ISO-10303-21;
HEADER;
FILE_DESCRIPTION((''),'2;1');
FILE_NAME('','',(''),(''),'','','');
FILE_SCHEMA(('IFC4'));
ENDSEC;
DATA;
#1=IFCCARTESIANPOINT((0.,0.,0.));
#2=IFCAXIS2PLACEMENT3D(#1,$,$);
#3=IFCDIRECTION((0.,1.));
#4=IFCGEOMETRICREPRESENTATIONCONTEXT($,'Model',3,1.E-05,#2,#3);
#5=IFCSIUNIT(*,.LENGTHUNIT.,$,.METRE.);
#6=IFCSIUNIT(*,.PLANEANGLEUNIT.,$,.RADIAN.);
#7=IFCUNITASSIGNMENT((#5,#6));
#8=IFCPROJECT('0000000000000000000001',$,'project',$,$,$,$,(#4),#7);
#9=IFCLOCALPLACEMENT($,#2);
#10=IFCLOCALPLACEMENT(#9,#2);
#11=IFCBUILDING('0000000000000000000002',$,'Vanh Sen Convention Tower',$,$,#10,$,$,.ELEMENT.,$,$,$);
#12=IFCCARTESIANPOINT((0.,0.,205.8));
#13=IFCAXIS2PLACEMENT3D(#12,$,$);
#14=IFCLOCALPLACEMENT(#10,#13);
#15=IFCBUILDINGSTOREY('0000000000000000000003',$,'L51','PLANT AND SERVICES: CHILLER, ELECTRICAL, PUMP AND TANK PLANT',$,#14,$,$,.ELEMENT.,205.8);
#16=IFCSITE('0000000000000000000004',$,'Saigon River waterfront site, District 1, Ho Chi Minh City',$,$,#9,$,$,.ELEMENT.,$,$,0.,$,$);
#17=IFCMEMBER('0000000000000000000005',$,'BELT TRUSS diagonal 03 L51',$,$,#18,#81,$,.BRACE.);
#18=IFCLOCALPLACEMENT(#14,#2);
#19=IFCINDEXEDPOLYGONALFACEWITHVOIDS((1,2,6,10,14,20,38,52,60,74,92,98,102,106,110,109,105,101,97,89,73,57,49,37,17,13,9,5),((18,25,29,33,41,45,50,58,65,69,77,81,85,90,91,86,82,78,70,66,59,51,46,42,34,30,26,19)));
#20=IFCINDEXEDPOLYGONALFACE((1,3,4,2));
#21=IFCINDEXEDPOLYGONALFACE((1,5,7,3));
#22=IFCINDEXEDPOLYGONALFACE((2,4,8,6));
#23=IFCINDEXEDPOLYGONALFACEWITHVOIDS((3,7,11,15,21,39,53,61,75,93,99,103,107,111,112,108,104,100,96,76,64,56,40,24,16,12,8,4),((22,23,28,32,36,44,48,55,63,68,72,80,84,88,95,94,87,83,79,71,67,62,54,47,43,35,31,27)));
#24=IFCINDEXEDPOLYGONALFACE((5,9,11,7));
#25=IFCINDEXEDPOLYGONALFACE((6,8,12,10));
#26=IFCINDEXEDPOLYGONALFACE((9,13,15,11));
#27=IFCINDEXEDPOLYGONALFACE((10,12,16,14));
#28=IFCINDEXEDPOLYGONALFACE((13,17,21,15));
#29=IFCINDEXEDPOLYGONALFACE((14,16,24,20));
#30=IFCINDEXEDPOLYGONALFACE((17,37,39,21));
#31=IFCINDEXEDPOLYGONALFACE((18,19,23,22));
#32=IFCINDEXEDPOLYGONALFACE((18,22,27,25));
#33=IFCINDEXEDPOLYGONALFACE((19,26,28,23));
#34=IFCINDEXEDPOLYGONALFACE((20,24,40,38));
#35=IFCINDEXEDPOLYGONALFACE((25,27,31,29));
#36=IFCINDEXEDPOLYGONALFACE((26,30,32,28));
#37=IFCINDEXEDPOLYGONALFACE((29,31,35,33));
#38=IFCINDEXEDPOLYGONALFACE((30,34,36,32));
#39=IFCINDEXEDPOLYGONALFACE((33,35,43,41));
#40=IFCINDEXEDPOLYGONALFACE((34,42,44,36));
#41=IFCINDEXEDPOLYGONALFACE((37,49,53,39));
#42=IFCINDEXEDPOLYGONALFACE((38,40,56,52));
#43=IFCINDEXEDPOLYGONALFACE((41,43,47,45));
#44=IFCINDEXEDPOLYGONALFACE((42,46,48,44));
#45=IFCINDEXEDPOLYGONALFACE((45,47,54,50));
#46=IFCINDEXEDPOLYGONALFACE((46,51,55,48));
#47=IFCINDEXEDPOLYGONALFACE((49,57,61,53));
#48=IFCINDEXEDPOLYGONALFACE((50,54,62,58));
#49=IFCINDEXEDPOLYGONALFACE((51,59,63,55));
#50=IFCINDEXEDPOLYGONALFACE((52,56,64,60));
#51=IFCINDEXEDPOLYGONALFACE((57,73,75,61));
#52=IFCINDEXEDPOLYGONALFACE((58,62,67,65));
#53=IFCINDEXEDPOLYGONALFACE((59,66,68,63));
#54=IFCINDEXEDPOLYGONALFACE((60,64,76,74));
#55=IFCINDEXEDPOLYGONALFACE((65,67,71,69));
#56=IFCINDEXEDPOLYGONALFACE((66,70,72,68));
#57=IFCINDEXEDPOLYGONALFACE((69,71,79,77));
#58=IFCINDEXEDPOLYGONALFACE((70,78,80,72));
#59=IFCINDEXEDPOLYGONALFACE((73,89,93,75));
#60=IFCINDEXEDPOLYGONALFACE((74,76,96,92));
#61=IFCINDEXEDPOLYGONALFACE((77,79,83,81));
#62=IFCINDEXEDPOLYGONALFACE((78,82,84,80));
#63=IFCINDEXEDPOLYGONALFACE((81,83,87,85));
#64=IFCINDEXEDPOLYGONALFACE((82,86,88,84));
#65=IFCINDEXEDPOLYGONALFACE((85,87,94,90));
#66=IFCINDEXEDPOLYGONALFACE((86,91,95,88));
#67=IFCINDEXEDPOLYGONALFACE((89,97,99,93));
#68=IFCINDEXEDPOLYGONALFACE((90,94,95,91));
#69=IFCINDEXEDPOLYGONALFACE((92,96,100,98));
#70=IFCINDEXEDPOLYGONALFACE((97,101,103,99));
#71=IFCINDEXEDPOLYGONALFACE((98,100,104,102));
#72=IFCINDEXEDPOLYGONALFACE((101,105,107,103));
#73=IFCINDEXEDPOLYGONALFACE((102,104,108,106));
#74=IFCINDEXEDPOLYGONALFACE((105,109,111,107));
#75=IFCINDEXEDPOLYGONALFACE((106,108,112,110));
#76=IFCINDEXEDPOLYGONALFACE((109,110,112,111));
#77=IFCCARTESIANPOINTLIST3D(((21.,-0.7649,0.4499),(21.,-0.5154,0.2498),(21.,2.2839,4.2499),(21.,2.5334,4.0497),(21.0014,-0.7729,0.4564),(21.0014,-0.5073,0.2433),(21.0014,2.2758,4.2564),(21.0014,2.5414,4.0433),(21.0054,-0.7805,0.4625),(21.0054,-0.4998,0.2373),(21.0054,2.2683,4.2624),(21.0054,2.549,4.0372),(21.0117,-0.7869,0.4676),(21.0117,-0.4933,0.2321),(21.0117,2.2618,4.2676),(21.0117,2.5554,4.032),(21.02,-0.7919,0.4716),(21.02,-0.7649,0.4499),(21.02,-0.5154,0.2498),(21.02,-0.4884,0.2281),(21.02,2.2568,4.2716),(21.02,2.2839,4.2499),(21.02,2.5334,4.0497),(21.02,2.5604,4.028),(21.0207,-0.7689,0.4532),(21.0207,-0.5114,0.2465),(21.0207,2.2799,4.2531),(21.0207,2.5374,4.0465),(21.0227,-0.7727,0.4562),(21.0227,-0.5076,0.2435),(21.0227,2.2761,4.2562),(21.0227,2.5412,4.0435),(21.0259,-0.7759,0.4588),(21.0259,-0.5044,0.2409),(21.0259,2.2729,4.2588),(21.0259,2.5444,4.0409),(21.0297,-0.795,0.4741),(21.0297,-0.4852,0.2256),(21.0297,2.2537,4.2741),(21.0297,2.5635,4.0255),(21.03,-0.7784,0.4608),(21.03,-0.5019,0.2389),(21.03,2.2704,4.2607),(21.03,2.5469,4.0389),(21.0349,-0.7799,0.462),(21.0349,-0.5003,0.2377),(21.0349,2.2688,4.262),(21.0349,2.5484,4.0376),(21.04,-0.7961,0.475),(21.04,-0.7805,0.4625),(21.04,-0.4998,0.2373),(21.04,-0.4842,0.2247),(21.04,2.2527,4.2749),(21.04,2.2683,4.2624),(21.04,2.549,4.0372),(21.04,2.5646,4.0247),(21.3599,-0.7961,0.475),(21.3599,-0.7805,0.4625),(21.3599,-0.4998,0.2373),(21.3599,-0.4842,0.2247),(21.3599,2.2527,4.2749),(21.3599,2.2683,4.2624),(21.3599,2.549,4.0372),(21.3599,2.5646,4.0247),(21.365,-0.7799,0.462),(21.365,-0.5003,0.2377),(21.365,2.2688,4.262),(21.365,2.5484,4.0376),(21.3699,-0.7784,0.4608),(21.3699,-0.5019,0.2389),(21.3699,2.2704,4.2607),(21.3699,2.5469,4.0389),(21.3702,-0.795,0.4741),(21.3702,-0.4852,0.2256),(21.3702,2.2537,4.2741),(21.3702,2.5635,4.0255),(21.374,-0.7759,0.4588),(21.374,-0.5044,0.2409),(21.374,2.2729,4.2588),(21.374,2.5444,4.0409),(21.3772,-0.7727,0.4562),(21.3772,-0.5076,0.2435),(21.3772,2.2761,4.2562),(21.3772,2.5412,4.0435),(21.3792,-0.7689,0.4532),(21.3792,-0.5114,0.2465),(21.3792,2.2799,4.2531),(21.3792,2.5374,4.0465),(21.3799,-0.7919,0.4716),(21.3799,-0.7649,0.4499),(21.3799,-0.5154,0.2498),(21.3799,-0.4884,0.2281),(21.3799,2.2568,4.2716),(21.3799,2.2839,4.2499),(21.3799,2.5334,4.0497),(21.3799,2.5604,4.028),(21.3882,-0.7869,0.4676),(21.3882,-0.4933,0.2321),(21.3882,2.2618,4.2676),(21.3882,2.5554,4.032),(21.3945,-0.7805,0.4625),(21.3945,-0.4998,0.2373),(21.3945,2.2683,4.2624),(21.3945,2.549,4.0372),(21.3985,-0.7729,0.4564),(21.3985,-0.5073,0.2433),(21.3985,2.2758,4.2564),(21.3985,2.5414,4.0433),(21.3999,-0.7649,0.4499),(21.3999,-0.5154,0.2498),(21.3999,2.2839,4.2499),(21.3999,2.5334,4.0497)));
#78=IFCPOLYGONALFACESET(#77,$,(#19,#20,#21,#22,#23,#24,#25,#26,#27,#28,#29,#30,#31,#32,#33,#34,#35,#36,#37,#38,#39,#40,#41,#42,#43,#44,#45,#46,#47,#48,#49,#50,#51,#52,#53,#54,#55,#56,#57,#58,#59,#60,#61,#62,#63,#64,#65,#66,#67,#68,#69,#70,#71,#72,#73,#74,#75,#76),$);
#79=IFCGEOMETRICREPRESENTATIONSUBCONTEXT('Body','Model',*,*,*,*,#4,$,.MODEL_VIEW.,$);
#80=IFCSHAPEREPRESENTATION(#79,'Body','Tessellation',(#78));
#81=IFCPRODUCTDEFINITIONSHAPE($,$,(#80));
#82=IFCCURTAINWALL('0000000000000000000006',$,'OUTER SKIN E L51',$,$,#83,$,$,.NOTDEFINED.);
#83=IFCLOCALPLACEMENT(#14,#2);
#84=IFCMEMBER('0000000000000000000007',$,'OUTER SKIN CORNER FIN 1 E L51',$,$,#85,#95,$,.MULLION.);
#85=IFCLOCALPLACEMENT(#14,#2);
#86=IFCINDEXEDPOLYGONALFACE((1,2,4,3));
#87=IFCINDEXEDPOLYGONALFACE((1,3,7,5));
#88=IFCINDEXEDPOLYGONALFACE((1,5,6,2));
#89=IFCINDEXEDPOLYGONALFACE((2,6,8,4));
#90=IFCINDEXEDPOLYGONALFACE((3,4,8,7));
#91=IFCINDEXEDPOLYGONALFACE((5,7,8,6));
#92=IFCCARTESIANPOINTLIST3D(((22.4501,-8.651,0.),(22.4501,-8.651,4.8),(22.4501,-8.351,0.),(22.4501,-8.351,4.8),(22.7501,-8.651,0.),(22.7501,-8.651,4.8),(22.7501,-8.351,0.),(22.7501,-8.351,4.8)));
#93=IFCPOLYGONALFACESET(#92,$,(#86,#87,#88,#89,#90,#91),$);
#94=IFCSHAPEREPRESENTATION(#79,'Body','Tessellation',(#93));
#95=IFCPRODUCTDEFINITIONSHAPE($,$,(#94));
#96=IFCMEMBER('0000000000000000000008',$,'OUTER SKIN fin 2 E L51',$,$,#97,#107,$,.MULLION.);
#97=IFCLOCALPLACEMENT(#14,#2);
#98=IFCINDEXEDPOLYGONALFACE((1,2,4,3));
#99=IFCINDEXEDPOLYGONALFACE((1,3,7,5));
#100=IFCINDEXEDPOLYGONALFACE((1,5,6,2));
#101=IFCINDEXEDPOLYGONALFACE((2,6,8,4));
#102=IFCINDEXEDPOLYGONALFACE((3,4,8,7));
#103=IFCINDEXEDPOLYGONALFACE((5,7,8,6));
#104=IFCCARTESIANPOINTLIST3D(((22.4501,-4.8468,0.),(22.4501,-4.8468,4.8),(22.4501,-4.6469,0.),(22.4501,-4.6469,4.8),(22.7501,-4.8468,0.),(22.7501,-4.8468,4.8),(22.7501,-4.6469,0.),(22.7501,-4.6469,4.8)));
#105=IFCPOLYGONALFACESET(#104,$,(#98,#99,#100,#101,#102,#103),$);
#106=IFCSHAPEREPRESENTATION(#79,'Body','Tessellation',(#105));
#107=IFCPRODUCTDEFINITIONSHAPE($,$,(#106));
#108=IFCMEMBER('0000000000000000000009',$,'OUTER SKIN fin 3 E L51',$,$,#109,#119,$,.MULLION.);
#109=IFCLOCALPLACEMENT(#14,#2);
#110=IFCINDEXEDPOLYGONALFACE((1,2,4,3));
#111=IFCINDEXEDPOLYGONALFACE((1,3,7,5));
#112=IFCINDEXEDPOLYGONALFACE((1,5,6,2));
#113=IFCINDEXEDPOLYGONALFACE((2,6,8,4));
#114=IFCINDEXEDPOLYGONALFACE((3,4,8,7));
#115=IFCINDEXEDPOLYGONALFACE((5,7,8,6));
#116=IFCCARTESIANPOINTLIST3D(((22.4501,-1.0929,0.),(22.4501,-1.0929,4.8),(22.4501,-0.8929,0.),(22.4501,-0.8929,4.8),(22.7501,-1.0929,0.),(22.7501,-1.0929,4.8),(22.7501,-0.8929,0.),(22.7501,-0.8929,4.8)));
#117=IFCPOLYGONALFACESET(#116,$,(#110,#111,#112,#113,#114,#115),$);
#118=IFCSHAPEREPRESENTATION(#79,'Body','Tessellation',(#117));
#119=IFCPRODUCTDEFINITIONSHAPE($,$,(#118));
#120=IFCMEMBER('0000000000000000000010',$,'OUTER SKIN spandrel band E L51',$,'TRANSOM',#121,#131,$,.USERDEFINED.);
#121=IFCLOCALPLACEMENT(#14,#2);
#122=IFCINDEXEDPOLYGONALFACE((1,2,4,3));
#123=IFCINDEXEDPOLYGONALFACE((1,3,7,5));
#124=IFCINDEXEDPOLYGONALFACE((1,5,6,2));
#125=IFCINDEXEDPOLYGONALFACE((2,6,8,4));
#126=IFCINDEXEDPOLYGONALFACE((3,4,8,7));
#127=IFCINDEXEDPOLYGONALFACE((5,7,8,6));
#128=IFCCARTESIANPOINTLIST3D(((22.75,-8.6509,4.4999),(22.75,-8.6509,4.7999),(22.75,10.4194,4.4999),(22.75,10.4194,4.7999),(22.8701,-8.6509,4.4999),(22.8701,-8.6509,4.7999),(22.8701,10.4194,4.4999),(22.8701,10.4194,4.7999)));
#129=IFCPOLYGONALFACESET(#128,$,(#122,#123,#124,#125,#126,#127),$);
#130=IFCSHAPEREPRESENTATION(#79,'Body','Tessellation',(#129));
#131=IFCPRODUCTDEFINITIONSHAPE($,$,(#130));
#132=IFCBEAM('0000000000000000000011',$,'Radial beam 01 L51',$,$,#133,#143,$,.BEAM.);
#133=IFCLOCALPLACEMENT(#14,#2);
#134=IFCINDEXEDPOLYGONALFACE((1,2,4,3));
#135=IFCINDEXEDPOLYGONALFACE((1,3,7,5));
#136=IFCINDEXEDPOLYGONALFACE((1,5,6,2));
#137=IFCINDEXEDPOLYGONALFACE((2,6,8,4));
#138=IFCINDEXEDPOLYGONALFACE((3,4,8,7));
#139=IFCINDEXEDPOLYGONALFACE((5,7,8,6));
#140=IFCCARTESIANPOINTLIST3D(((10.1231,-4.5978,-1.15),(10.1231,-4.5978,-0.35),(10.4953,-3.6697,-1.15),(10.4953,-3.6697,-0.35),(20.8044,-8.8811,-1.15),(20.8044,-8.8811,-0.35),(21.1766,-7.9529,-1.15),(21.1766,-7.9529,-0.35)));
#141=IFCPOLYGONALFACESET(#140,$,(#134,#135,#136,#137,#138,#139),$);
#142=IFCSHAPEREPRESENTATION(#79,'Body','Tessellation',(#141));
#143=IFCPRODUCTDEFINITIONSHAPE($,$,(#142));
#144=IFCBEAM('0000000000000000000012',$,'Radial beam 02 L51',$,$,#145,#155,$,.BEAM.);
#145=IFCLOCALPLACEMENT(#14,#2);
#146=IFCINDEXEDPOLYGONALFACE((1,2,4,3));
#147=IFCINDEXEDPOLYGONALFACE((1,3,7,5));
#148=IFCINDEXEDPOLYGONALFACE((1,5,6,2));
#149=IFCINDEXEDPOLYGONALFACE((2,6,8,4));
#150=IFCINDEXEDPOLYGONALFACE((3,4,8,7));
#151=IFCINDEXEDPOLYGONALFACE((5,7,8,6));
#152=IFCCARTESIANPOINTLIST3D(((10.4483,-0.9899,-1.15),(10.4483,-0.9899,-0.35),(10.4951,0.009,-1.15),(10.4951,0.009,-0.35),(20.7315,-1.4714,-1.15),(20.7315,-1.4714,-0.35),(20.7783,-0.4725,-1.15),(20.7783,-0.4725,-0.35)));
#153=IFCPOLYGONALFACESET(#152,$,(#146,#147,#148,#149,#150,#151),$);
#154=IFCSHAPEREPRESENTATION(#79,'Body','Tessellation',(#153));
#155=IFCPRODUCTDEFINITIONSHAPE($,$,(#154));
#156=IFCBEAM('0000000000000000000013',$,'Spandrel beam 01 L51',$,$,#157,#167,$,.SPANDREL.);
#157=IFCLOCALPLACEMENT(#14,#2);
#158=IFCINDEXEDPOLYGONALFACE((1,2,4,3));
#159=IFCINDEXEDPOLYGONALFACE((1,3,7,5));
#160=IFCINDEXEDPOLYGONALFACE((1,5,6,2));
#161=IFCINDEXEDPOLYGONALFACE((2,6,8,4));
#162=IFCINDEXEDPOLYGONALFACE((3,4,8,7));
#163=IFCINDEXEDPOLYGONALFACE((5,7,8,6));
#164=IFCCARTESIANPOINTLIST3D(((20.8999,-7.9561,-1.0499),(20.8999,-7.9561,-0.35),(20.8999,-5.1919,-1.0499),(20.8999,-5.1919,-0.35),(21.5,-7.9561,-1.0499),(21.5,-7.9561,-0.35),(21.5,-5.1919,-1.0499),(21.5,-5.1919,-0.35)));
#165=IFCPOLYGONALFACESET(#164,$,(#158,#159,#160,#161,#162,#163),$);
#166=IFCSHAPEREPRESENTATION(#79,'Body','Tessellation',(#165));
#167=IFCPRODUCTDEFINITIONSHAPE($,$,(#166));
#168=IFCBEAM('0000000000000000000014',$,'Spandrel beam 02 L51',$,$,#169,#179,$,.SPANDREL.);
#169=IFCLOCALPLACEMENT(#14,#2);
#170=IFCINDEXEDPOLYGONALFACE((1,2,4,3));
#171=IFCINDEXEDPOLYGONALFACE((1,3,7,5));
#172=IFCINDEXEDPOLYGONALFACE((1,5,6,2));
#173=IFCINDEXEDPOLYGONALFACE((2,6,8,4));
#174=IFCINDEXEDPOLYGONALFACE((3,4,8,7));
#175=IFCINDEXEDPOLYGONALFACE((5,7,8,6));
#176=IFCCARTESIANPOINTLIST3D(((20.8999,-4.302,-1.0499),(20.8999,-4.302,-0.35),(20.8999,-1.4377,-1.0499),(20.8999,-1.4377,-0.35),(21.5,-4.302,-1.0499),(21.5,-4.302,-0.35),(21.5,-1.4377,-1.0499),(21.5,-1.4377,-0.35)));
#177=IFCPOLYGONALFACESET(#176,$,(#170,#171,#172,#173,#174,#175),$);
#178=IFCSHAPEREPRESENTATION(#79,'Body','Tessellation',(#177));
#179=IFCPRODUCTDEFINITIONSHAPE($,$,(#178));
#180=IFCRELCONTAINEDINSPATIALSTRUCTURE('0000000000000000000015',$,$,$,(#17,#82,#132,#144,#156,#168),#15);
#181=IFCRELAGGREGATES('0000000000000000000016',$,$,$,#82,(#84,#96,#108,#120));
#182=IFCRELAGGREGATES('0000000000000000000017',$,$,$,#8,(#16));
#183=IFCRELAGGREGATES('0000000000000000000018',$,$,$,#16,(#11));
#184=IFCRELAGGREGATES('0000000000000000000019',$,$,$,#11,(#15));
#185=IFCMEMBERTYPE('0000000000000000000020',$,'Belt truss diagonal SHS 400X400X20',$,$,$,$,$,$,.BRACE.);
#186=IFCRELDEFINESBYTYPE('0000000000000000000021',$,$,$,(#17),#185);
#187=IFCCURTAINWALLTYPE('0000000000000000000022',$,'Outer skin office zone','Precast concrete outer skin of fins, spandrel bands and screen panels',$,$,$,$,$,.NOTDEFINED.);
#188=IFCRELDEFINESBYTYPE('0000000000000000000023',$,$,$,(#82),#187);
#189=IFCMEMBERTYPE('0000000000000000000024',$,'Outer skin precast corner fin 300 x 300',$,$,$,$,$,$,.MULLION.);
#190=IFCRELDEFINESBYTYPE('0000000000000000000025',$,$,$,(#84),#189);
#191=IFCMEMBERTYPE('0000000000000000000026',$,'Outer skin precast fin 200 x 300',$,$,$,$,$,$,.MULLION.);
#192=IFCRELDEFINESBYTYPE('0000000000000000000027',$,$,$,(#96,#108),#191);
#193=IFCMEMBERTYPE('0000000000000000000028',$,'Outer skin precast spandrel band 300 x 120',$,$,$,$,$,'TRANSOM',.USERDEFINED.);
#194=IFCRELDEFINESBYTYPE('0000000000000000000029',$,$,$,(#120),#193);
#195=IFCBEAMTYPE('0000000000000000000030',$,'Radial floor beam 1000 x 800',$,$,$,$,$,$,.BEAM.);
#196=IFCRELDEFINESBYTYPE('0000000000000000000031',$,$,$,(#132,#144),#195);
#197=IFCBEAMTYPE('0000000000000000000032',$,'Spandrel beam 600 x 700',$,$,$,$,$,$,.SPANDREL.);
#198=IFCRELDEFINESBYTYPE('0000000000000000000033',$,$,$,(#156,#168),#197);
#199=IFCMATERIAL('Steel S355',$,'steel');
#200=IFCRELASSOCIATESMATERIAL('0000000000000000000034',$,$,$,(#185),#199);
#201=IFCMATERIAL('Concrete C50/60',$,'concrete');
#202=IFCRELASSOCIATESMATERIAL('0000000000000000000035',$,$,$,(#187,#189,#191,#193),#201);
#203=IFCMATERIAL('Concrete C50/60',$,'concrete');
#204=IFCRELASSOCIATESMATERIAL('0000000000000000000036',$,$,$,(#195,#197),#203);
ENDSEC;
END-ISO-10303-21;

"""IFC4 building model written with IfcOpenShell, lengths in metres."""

from ifc_helpers import new_model, si_unit, direction, frame, origin, origin_2d, place, context, subcontext, project, spatial, rectangle, hollow_rectangle, extrude, material, material_profile, profile_set, type_object, element, aggregate, save


model = new_model("IFC4")

# Units and contexts
model_context = context("Model", 3, precision=1e-05, world=origin(), true_north=direction((0.0, 1.0)))
body_context = subcontext(model_context, "Body", "Model", "MODEL_VIEW")
ifc_project = project(units=[si_unit("LENGTHUNIT", "METRE"), si_unit("PLANEANGLEUNIT", "RADIAN")], contexts=[model_context])

# Site, building, storey
site_placement = place(None, origin())
site = spatial("IfcSite", under=ifc_project, at=site_placement, Name="Saigon River waterfront site, District 1, Ho Chi Minh City", CompositionType="ELEMENT", RefElevation=0.0)
building_placement = place(site_placement, origin())
building = spatial("IfcBuilding", under=site, at=building_placement, Name="Vanh Sen Convention Tower", CompositionType="ELEMENT")
storey_placement = place(building_placement, frame((0.0, 0.0, 205.8)))
storey = spatial("IfcBuildingStorey", under=building, at=storey_placement, Name="L51", Description="PLANT AND SERVICES: CHILLER, ELECTRICAL, PUMP AND TANK PLANT", CompositionType="ELEMENT", Elevation=205.8)

# Member
ifc_material_1 = material(Name="Steel S355", Category="steel")
ifc_material_profile_1 = material_profile(ifc_material_1, hollow_rectangle(XDim=0.3999, YDim=0.3999, WallThickness=0.02, InnerFilletRadius=0.02, OuterFilletRadius=0.04, at=origin_2d()), Name="SHS 400X400X20")
ifc_profile_set_1 = profile_set([ifc_material_profile_1], Name="Steel S355")
member_type_1 = type_object("IfcMemberType", Name="Belt truss diagonal SHS 400X400X20", PredefinedType="BRACE", material=ifc_profile_set_1)
for number, where, z_axis, x_axis, name in (
    (1, (21.2, -0.6401, 0.3499), (0.0, 0.625794, 0.779988), (-1.0, 0.0, 0.0), "BELT TRUSS diagonal 03 L51"),
):
    element("IfcMember", number, at=place(storey_placement, frame(where, z_axis=z_axis, x_axis=x_axis)), inside=storey, type_object=member_type_1, Name=name, PredefinedType="BRACE", context=body_context, shape_type="SweptSolid", body=[
        extrude(hollow_rectangle(XDim=0.3999, YDim=0.3999, WallThickness=0.02, InnerFilletRadius=0.02, OuterFilletRadius=0.04, at=origin_2d()), origin(), (0.0, 0.0, 1.0), 4.8718),
    ])

# Curtain wall, members
ifc_material_2 = material(Name="Concrete C50/60", Category="concrete")
curtain_wall_type = type_object("IfcCurtainWallType", Name="Outer skin office zone", Description="Precast concrete outer skin of fins, spandrel bands and screen panels", PredefinedType="NOTDEFINED", material=ifc_material_2)
curtain_wall_1_placement = place(storey_placement, origin())
curtain_wall_1 = element("IfcCurtainWall", 2, at=curtain_wall_1_placement, inside=storey, type_object=curtain_wall_type, Name="OUTER SKIN E L51", PredefinedType="NOTDEFINED")
ifc_material_profile_2 = material_profile(ifc_material_2, rectangle(XDim=0.3, YDim=0.3, at=origin_2d()), Name="Outer skin precast corner fin 300 x 300")
ifc_profile_set_2 = profile_set([ifc_material_profile_2], Name="Concrete C50/60")
member_type_2 = type_object("IfcMemberType", Name="Outer skin precast corner fin 300 x 300", PredefinedType="MULLION", material=ifc_profile_set_2)
member_1_placement = place(storey_placement, frame((22.6001, -8.501, 0.0), z_axis=(0.0, 0.0, 1.0), x_axis=(0.0, 1.0, 0.0)))
member_1 = element("IfcMember", 3, at=member_1_placement, type_object=member_type_2, Name="OUTER SKIN CORNER FIN 1 E L51", PredefinedType="MULLION", context=body_context, shape_type="SweptSolid", body=[
    extrude(rectangle(XDim=0.3, YDim=0.3, at=origin_2d()), origin(), (0.0, 0.0, 1.0), 4.8),
])
ifc_material_profile_3 = material_profile(ifc_material_2, rectangle(XDim=0.2, YDim=0.3, at=origin_2d()), Name="Outer skin precast fin 200 x 300")
ifc_profile_set_3 = profile_set([ifc_material_profile_3], Name="Concrete C50/60")
member_type_3 = type_object("IfcMemberType", Name="Outer skin precast fin 200 x 300", PredefinedType="MULLION", material=ifc_profile_set_3)
member_2_placement = place(storey_placement, frame((22.6001, -4.7468, 0.0), z_axis=(0.0, 0.0, 1.0), x_axis=(0.0, 1.0, 0.0)))
member_2 = element("IfcMember", 4, at=member_2_placement, type_object=member_type_3, Name="OUTER SKIN fin 2 E L51", PredefinedType="MULLION", context=body_context, shape_type="SweptSolid", body=[
    extrude(rectangle(XDim=0.2, YDim=0.3, at=origin_2d()), origin(), (0.0, 0.0, 1.0), 4.8),
])
member_3_placement = place(storey_placement, frame((22.6001, -0.9929, 0.0), z_axis=(0.0, 0.0, 1.0), x_axis=(0.0, 1.0, 0.0)))
member_3 = element("IfcMember", 5, at=member_3_placement, type_object=member_type_3, Name="OUTER SKIN fin 3 E L51", PredefinedType="MULLION", context=body_context, shape_type="SweptSolid", body=[
    extrude(rectangle(XDim=0.2, YDim=0.3, at=origin_2d()), origin(), (0.0, 0.0, 1.0), 4.8),
])
ifc_material_profile_4 = material_profile(ifc_material_2, rectangle(XDim=0.1201, YDim=0.3, at=origin_2d()), Name="Outer skin precast spandrel band 300 x 120")
ifc_profile_set_4 = profile_set([ifc_material_profile_4], Name="Concrete C50/60")
member_type_4 = type_object("IfcMemberType", Name="Outer skin precast spandrel band 300 x 120", ElementType="TRANSOM", PredefinedType="USERDEFINED", material=ifc_profile_set_4)
member_4_placement = place(storey_placement, frame((22.8101, -8.6509, 4.6499), z_axis=(0.0, 1.0, 0.0), x_axis=(-1.0, 0.0, 0.0)))
member_4 = element("IfcMember", 6, at=member_4_placement, type_object=member_type_4, Name="OUTER SKIN spandrel band E L51", ObjectType="TRANSOM", PredefinedType="USERDEFINED", context=body_context, shape_type="SweptSolid", body=[
    extrude(rectangle(XDim=0.1201, YDim=0.3, at=origin_2d()), origin(), (0.0, 0.0, 1.0), 19.0703),
])

# Beams
ifc_material_3 = material(Name="Concrete C50/60", Category="concrete")
ifc_material_profile_5 = material_profile(ifc_material_3, rectangle(XDim=1.0, YDim=0.8, at=origin_2d()), Name="RC 1000X800")
ifc_profile_set_5 = profile_set([ifc_material_profile_5], Name="Concrete C50/60")
beam_type_1 = type_object("IfcBeamType", Name="Radial floor beam 1000 x 800", PredefinedType="BEAM", material=ifc_profile_set_5)
beam_1_placement = place(storey_placement, frame((20.9905, -8.417, -0.75), z_axis=(-0.928154, 0.372195, 0.0), x_axis=(-0.372195, -0.928154, 0.0)))
element("IfcBeam", 7, at=beam_1_placement, inside=storey, type_object=beam_type_1, Name="Radial beam 01 L51", PredefinedType="BEAM", context=body_context, shape_type="SweptSolid", body=[
    extrude(rectangle(XDim=1.0, YDim=0.8, at=origin_2d()), origin(), (0.0, 0.0, 1.0), 11.5081),
])
beam_2_placement = place(storey_placement, frame((20.7549, -0.9719, -0.75), z_axis=(-0.998906, 0.046767, 0.0), x_axis=(-0.046767, -0.998906, 0.0)))
element("IfcBeam", 8, at=beam_2_placement, inside=storey, type_object=beam_type_1, Name="Radial beam 02 L51", PredefinedType="BEAM", context=body_context, shape_type="SweptSolid", body=[
    extrude(rectangle(XDim=1.0, YDim=0.8, at=origin_2d()), origin(), (0.0, 0.0, 1.0), 10.2944),
])
ifc_material_profile_6 = material_profile(ifc_material_3, rectangle(XDim=0.6001, YDim=0.7, at=origin_2d()), Name="RC 600X700")
ifc_profile_set_6 = profile_set([ifc_material_profile_6], Name="Concrete C50/60")
beam_type_2 = type_object("IfcBeamType", Name="Spandrel beam 600 x 700", PredefinedType="SPANDREL", material=ifc_profile_set_6)
beam_3_placement = place(storey_placement, frame((21.2, -7.9561, -0.7), z_axis=(0.0, 1.0, 0.0), x_axis=(-1.0, 0.0, 0.0)))
element("IfcBeam", 9, at=beam_3_placement, inside=storey, type_object=beam_type_2, Name="Spandrel beam 01 L51", PredefinedType="SPANDREL", context=body_context, shape_type="SweptSolid", body=[
    extrude(rectangle(XDim=0.6001, YDim=0.7, at=origin_2d()), origin(), (0.0, 0.0, 1.0), 2.7642),
])
for number, where, z_axis, x_axis, name in (
    (10, (21.2, -4.302, -0.7), (0.0, 1.0, 0.0), (-1.0, 0.0, 0.0), "Spandrel beam 02 L51"),
):
    element("IfcBeam", number, at=place(storey_placement, frame(where, z_axis=z_axis, x_axis=x_axis)), inside=storey, type_object=beam_type_2, Name=name, PredefinedType="SPANDREL", context=body_context, shape_type="SweptSolid", body=[
        extrude(rectangle(XDim=0.6001, YDim=0.7, at=origin_2d()), origin(), (0.0, 0.0, 1.0), 2.8643),
    ])

aggregate(curtain_wall_1, [member_1, member_2, member_3, member_4])

save(model, "model.ifc")
